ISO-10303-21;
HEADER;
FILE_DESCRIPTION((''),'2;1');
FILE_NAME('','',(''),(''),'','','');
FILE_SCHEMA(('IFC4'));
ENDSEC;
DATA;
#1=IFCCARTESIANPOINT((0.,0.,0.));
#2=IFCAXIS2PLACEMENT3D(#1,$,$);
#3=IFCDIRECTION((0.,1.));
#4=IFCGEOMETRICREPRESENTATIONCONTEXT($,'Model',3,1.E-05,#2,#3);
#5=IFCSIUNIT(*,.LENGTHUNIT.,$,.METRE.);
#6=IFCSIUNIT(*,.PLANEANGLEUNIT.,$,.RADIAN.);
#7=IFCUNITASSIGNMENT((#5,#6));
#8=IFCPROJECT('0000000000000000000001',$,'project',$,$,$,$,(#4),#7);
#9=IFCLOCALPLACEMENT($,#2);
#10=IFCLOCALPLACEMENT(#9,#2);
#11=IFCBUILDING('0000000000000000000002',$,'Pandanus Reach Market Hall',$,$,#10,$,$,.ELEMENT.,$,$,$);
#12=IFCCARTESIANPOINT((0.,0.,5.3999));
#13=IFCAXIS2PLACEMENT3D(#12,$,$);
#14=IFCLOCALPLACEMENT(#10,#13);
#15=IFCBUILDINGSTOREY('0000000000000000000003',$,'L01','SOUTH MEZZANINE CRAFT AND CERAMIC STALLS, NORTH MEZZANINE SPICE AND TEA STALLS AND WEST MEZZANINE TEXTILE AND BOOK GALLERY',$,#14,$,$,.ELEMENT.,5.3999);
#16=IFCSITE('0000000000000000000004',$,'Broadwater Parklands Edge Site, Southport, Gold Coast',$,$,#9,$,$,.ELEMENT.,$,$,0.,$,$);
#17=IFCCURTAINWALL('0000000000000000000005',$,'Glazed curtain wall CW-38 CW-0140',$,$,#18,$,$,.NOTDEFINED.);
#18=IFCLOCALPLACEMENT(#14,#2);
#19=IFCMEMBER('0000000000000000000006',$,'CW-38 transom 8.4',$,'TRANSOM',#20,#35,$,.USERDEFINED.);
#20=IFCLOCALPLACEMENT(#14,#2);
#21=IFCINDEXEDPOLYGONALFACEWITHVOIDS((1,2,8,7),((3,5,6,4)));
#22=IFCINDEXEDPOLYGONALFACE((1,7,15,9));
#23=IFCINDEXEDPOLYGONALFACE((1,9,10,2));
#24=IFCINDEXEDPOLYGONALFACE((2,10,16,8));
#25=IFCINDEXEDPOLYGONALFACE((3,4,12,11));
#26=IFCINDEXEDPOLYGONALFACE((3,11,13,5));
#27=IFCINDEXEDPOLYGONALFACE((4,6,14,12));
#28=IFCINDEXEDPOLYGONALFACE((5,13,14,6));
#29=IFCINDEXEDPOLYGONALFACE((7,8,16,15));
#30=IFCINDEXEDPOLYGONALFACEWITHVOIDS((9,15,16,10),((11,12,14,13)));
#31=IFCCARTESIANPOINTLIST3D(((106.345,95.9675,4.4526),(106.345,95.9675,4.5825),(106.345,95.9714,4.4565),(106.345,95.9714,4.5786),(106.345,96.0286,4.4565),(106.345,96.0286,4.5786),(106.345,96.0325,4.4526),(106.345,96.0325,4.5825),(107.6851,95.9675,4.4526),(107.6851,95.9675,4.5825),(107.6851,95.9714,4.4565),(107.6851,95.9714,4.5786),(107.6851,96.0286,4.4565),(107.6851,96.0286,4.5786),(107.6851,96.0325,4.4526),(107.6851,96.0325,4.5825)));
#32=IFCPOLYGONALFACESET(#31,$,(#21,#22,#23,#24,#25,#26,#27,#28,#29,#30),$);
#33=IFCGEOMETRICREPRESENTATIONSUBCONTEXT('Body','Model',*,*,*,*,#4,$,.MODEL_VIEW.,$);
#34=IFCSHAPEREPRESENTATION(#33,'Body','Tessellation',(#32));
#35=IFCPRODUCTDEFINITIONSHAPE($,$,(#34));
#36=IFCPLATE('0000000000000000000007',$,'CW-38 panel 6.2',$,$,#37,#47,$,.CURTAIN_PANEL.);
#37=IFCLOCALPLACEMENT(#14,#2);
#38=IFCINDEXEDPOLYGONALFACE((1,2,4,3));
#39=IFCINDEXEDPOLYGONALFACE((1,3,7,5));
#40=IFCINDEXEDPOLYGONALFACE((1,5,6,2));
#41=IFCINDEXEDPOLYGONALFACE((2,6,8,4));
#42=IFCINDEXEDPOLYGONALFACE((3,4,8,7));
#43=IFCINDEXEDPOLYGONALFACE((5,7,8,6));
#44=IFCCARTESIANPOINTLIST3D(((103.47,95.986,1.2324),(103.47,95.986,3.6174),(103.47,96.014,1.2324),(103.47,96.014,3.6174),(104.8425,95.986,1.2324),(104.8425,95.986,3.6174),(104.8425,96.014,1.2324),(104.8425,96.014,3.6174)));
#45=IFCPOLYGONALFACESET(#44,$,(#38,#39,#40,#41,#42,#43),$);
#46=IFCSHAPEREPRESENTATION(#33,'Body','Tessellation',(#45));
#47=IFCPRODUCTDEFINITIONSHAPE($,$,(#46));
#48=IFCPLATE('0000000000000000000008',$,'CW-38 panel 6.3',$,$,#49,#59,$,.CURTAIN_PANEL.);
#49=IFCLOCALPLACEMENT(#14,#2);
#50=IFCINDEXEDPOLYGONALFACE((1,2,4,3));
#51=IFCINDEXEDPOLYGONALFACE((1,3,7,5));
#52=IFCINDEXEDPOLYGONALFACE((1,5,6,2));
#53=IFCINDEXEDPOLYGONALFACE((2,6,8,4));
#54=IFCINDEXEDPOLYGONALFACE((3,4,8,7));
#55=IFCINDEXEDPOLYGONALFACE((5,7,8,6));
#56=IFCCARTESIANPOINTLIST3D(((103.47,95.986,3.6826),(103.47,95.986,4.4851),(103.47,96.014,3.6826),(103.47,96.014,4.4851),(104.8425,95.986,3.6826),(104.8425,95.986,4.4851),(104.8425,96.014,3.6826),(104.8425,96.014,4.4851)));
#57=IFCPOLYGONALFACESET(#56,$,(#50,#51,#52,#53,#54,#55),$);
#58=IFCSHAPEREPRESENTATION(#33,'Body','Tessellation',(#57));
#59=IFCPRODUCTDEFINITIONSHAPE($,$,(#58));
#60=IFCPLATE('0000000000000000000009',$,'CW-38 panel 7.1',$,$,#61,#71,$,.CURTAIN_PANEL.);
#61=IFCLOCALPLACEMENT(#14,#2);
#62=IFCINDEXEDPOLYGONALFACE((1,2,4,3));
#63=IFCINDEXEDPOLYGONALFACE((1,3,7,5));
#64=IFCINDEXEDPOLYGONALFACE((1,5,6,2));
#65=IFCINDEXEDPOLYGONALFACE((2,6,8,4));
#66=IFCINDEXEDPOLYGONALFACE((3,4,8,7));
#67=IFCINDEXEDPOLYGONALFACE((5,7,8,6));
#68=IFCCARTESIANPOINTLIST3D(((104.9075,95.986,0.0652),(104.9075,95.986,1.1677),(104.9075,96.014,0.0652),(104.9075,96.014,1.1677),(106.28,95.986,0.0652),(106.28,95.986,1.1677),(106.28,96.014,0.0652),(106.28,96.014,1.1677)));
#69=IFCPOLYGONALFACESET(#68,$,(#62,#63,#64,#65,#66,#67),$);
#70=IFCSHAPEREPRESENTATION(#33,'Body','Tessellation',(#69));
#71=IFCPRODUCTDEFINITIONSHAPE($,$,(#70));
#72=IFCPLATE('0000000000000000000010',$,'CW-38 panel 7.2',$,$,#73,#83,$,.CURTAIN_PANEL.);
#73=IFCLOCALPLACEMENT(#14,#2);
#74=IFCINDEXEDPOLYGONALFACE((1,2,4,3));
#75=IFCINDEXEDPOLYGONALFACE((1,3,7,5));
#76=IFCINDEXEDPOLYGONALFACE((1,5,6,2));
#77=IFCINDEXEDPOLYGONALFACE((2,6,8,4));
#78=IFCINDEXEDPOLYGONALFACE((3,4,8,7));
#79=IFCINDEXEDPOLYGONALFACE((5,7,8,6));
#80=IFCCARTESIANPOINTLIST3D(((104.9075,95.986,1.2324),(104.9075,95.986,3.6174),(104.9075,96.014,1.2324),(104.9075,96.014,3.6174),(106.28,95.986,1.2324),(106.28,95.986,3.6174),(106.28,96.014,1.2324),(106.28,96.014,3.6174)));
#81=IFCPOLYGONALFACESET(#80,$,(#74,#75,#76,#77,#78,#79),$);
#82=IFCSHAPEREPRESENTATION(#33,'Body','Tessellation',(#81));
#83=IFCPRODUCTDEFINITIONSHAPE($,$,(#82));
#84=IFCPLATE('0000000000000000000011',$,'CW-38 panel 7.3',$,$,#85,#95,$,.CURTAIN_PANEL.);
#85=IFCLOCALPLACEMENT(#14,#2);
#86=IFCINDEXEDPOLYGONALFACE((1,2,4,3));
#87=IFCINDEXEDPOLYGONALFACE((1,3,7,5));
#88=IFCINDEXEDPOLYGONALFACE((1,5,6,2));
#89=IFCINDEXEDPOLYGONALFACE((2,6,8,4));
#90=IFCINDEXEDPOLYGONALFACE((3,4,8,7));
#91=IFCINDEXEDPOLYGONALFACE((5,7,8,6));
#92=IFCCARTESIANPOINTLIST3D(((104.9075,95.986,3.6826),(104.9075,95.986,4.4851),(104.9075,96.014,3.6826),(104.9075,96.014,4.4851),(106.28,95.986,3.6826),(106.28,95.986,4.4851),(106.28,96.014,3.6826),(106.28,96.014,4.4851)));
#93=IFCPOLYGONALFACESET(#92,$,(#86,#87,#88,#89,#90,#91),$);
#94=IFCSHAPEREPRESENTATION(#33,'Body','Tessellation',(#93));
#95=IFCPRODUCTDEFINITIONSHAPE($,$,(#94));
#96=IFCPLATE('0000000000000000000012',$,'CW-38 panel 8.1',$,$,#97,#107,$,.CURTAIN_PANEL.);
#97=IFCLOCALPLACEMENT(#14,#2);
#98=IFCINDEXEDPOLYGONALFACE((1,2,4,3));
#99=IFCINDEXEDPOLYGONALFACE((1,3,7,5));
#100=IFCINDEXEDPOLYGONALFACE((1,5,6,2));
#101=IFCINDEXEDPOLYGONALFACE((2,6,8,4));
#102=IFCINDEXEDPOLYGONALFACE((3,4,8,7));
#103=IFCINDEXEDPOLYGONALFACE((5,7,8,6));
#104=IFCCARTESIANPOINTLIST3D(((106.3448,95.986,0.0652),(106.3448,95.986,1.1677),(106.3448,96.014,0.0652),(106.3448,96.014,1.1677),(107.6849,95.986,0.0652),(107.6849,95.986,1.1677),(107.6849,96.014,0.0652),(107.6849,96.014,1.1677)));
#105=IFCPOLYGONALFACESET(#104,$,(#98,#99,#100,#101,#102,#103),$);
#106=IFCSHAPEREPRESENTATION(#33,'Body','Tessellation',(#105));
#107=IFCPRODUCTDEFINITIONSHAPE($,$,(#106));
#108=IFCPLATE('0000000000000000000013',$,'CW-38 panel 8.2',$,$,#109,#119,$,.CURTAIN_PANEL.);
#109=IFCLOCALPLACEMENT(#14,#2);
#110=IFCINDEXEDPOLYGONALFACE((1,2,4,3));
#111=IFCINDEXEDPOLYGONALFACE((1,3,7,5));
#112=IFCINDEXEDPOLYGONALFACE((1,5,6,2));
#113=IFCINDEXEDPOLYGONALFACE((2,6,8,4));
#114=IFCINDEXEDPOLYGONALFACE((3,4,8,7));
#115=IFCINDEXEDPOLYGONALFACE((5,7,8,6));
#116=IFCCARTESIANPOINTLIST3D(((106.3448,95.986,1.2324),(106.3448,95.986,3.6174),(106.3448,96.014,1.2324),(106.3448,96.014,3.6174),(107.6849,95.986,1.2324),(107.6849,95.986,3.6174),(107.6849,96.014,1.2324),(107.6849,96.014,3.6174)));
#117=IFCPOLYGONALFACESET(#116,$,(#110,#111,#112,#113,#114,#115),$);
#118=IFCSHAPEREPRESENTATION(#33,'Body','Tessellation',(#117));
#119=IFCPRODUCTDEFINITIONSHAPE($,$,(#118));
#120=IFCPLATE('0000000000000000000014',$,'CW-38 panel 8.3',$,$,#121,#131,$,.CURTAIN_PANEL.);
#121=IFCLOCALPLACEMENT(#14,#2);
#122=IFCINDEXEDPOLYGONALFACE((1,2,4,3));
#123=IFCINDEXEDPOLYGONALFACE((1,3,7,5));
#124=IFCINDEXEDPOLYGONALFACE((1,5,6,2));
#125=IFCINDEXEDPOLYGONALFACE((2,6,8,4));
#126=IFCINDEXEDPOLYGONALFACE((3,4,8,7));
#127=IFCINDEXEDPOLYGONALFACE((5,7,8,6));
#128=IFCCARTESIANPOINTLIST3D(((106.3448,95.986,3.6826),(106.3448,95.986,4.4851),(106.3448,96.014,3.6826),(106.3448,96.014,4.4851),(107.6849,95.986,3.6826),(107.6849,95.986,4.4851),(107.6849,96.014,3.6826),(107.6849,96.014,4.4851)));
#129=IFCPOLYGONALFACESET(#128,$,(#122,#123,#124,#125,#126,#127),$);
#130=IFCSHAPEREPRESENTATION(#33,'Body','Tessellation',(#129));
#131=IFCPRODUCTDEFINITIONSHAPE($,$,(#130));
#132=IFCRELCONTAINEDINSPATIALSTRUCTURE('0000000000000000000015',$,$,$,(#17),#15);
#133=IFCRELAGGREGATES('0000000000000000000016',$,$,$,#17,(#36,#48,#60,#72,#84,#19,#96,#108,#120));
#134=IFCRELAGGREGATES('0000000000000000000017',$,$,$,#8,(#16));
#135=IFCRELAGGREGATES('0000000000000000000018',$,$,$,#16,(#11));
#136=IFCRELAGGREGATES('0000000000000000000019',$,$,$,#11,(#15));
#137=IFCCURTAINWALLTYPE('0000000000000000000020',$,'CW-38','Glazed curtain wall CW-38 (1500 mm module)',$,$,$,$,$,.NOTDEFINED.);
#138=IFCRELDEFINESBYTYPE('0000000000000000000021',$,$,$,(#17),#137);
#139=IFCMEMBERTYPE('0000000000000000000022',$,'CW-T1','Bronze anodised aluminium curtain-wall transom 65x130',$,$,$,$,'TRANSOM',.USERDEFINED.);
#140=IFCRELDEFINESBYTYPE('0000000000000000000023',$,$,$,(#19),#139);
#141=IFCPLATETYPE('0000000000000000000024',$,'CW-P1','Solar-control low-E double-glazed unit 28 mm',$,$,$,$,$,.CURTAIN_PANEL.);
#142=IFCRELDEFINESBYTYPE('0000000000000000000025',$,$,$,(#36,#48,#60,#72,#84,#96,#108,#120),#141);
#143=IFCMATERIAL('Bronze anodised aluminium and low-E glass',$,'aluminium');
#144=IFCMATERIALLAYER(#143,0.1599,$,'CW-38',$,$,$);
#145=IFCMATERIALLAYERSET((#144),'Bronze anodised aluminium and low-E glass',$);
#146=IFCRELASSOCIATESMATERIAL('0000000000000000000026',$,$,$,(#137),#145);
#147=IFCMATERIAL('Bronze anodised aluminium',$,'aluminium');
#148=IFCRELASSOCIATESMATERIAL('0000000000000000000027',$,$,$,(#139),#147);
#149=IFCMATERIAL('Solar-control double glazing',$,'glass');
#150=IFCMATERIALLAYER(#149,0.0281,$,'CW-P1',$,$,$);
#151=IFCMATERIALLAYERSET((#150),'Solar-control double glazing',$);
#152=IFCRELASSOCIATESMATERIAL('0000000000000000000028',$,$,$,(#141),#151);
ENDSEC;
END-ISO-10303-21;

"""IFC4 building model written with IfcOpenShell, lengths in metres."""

from ifc_helpers import new_model, si_unit, direction, frame, origin, origin_2d, place, context, subcontext, project, spatial, rectangle, hollow_rectangle, extrude, material, layer, layer_set, material_profile, profile_set, type_object, element, aggregate, save


model = new_model("IFC4")

# Units and contexts
model_context = context("Model", 3, precision=1e-05, world=origin(), true_north=direction((0.0, 1.0)))
body_context = subcontext(model_context, "Body", "Model", "MODEL_VIEW")
ifc_project = project(units=[si_unit("LENGTHUNIT", "METRE"), si_unit("PLANEANGLEUNIT", "RADIAN")], contexts=[model_context])

# Site, building, storey
site_placement = place(None, origin())
site = spatial("IfcSite", under=ifc_project, at=site_placement, Name="Broadwater Parklands Edge Site, Southport, Gold Coast", CompositionType="ELEMENT", RefElevation=0.0)
building_placement = place(site_placement, origin())
building = spatial("IfcBuilding", under=site, at=building_placement, Name="Pandanus Reach Market Hall", CompositionType="ELEMENT")
storey_placement = place(building_placement, frame((0.0, 0.0, 5.3999)))
storey = spatial("IfcBuildingStorey", under=building, at=storey_placement, Name="L01", Description="SOUTH MEZZANINE CRAFT AND CERAMIC STALLS, NORTH MEZZANINE SPICE AND TEA STALLS AND WEST MEZZANINE TEXTILE AND BOOK GALLERY", CompositionType="ELEMENT", Elevation=5.3999)

# Curtain wall, member, plates
ifc_material_1 = material(Name="Bronze anodised aluminium and low-E glass", Category="aluminium")
ifc_layer_1 = layer(ifc_material_1, 0.1599, Name="CW-38")
ifc_layer_set_1 = layer_set([ifc_layer_1], Name="Bronze anodised aluminium and low-E glass")
curtain_wall_type = type_object("IfcCurtainWallType", Name="CW-38", Description="Glazed curtain wall CW-38 (1500 mm module)", PredefinedType="NOTDEFINED", material=ifc_layer_set_1)
curtain_wall_placement = place(storey_placement, origin())
curtain_wall = element("IfcCurtainWall", 1, at=curtain_wall_placement, inside=storey, type_object=curtain_wall_type, Name="Glazed curtain wall CW-38 CW-0140", PredefinedType="NOTDEFINED")
ifc_material_2 = material(Name="Bronze anodised aluminium", Category="aluminium")
ifc_material_profile_1 = material_profile(ifc_material_2, hollow_rectangle(XDim=0.0649, YDim=0.1299, WallThickness=0.0039, at=origin_2d()), Name="ALU65x130", Category="LoadBearing")
ifc_profile_set_1 = profile_set([ifc_material_profile_1], Name="Bronze anodised aluminium")
member_type_1 = type_object("IfcMemberType", Name="CW-T1", Description="Bronze anodised aluminium curtain-wall transom 65x130", ElementType="TRANSOM", PredefinedType="USERDEFINED", material=ifc_profile_set_1)
member_1_placement = place(storey_placement, frame((106.345, 96.0, 4.5176), z_axis=(1.0, 0.0, 0.0), x_axis=(0.0, 1.0, 0.0)))
member_1 = element("IfcMember", 2, at=member_1_placement, type_object=member_type_1, Name="CW-38 transom 8.4", ObjectType="TRANSOM", PredefinedType="USERDEFINED", context=body_context, shape_type="SweptSolid", body=[
    extrude(hollow_rectangle(XDim=0.0649, YDim=0.1299, WallThickness=0.0039, at=origin_2d()), origin(), (0.0, 0.0, 1.0), 1.3401),
])
ifc_material_3 = material(Name="Solar-control double glazing", Category="glass")
ifc_layer_2 = layer(ifc_material_3, 0.0281, Name="CW-P1")
ifc_layer_set_2 = layer_set([ifc_layer_2], Name="Solar-control double glazing")
plate_type = type_object("IfcPlateType", Name="CW-P1", Description="Solar-control low-E double-glazed unit 28 mm", PredefinedType="CURTAIN_PANEL", material=ifc_layer_set_2)
plate_1_placement = place(storey_placement, frame((104.1562, 96.0, 1.2324), z_axis=(0.0, 0.0, 1.0), x_axis=(1.0, 0.0, 0.0)))
plate_1 = element("IfcPlate", 3, at=plate_1_placement, type_object=plate_type, Name="CW-38 panel 6.2", PredefinedType="CURTAIN_PANEL", context=body_context, shape_type="SweptSolid", body=[
    extrude(rectangle(XDim=1.3726, YDim=0.0281, at=origin_2d()), origin(), (0.0, 0.0, 1.0), 2.385),
])
plate_2_placement = place(storey_placement, frame((104.1562, 96.0, 3.6826), z_axis=(0.0, 0.0, 1.0), x_axis=(1.0, 0.0, 0.0)))
plate_2 = element("IfcPlate", 4, at=plate_2_placement, type_object=plate_type, Name="CW-38 panel 6.3", PredefinedType="CURTAIN_PANEL", context=body_context, shape_type="SweptSolid", body=[
    extrude(rectangle(XDim=1.3726, YDim=0.0281, at=origin_2d()), origin(), (0.0, 0.0, 1.0), 0.8025),
])
plate_3_placement = place(storey_placement, frame((105.5938, 96.0, 0.0652), z_axis=(0.0, 0.0, 1.0), x_axis=(1.0, 0.0, 0.0)))
plate_3 = element("IfcPlate", 5, at=plate_3_placement, type_object=plate_type, Name="CW-38 panel 7.1", PredefinedType="CURTAIN_PANEL", context=body_context, shape_type="SweptSolid", body=[
    extrude(rectangle(XDim=1.3726, YDim=0.0281, at=origin_2d()), origin(), (0.0, 0.0, 1.0), 1.1025),
])
plate_4_placement = place(storey_placement, frame((105.5938, 96.0, 1.2324), z_axis=(0.0, 0.0, 1.0), x_axis=(1.0, 0.0, 0.0)))
plate_4 = element("IfcPlate", 6, at=plate_4_placement, type_object=plate_type, Name="CW-38 panel 7.2", PredefinedType="CURTAIN_PANEL", context=body_context, shape_type="SweptSolid", body=[
    extrude(rectangle(XDim=1.3726, YDim=0.0281, at=origin_2d()), origin(), (0.0, 0.0, 1.0), 2.385),
])
plate_5_placement = place(storey_placement, frame((105.5938, 96.0, 3.6826), z_axis=(0.0, 0.0, 1.0), x_axis=(1.0, 0.0, 0.0)))
plate_5 = element("IfcPlate", 7, at=plate_5_placement, type_object=plate_type, Name="CW-38 panel 7.3", PredefinedType="CURTAIN_PANEL", context=body_context, shape_type="SweptSolid", body=[
    extrude(rectangle(XDim=1.3726, YDim=0.0281, at=origin_2d()), origin(), (0.0, 0.0, 1.0), 0.8025),
])
plate_6_placement = place(storey_placement, frame((107.0149, 96.0, 0.0652), z_axis=(0.0, 0.0, 1.0), x_axis=(1.0, 0.0, 0.0)))
plate_6 = element("IfcPlate", 8, at=plate_6_placement, type_object=plate_type, Name="CW-38 panel 8.1", PredefinedType="CURTAIN_PANEL", context=body_context, shape_type="SweptSolid", body=[
    extrude(rectangle(XDim=1.3401, YDim=0.0281, at=origin_2d()), origin(), (0.0, 0.0, 1.0), 1.1025),
])
plate_7_placement = place(storey_placement, frame((107.0149, 96.0, 1.2324), z_axis=(0.0, 0.0, 1.0), x_axis=(1.0, 0.0, 0.0)))
plate_7 = element("IfcPlate", 9, at=plate_7_placement, type_object=plate_type, Name="CW-38 panel 8.2", PredefinedType="CURTAIN_PANEL", context=body_context, shape_type="SweptSolid", body=[
    extrude(rectangle(XDim=1.3401, YDim=0.0281, at=origin_2d()), origin(), (0.0, 0.0, 1.0), 2.385),
])
plate_8_placement = place(storey_placement, frame((107.0149, 96.0, 3.6826), z_axis=(0.0, 0.0, 1.0), x_axis=(1.0, 0.0, 0.0)))
plate_8 = element("IfcPlate", 10, at=plate_8_placement, type_object=plate_type, Name="CW-38 panel 8.3", PredefinedType="CURTAIN_PANEL", context=body_context, shape_type="SweptSolid", body=[
    extrude(rectangle(XDim=1.3401, YDim=0.0281, at=origin_2d()), origin(), (0.0, 0.0, 1.0), 0.8025),
])
aggregate(curtain_wall, [plate_1, plate_2, plate_3, plate_4, plate_5, member_1, plate_6, plate_7, plate_8])

save(model, "model.ifc")
